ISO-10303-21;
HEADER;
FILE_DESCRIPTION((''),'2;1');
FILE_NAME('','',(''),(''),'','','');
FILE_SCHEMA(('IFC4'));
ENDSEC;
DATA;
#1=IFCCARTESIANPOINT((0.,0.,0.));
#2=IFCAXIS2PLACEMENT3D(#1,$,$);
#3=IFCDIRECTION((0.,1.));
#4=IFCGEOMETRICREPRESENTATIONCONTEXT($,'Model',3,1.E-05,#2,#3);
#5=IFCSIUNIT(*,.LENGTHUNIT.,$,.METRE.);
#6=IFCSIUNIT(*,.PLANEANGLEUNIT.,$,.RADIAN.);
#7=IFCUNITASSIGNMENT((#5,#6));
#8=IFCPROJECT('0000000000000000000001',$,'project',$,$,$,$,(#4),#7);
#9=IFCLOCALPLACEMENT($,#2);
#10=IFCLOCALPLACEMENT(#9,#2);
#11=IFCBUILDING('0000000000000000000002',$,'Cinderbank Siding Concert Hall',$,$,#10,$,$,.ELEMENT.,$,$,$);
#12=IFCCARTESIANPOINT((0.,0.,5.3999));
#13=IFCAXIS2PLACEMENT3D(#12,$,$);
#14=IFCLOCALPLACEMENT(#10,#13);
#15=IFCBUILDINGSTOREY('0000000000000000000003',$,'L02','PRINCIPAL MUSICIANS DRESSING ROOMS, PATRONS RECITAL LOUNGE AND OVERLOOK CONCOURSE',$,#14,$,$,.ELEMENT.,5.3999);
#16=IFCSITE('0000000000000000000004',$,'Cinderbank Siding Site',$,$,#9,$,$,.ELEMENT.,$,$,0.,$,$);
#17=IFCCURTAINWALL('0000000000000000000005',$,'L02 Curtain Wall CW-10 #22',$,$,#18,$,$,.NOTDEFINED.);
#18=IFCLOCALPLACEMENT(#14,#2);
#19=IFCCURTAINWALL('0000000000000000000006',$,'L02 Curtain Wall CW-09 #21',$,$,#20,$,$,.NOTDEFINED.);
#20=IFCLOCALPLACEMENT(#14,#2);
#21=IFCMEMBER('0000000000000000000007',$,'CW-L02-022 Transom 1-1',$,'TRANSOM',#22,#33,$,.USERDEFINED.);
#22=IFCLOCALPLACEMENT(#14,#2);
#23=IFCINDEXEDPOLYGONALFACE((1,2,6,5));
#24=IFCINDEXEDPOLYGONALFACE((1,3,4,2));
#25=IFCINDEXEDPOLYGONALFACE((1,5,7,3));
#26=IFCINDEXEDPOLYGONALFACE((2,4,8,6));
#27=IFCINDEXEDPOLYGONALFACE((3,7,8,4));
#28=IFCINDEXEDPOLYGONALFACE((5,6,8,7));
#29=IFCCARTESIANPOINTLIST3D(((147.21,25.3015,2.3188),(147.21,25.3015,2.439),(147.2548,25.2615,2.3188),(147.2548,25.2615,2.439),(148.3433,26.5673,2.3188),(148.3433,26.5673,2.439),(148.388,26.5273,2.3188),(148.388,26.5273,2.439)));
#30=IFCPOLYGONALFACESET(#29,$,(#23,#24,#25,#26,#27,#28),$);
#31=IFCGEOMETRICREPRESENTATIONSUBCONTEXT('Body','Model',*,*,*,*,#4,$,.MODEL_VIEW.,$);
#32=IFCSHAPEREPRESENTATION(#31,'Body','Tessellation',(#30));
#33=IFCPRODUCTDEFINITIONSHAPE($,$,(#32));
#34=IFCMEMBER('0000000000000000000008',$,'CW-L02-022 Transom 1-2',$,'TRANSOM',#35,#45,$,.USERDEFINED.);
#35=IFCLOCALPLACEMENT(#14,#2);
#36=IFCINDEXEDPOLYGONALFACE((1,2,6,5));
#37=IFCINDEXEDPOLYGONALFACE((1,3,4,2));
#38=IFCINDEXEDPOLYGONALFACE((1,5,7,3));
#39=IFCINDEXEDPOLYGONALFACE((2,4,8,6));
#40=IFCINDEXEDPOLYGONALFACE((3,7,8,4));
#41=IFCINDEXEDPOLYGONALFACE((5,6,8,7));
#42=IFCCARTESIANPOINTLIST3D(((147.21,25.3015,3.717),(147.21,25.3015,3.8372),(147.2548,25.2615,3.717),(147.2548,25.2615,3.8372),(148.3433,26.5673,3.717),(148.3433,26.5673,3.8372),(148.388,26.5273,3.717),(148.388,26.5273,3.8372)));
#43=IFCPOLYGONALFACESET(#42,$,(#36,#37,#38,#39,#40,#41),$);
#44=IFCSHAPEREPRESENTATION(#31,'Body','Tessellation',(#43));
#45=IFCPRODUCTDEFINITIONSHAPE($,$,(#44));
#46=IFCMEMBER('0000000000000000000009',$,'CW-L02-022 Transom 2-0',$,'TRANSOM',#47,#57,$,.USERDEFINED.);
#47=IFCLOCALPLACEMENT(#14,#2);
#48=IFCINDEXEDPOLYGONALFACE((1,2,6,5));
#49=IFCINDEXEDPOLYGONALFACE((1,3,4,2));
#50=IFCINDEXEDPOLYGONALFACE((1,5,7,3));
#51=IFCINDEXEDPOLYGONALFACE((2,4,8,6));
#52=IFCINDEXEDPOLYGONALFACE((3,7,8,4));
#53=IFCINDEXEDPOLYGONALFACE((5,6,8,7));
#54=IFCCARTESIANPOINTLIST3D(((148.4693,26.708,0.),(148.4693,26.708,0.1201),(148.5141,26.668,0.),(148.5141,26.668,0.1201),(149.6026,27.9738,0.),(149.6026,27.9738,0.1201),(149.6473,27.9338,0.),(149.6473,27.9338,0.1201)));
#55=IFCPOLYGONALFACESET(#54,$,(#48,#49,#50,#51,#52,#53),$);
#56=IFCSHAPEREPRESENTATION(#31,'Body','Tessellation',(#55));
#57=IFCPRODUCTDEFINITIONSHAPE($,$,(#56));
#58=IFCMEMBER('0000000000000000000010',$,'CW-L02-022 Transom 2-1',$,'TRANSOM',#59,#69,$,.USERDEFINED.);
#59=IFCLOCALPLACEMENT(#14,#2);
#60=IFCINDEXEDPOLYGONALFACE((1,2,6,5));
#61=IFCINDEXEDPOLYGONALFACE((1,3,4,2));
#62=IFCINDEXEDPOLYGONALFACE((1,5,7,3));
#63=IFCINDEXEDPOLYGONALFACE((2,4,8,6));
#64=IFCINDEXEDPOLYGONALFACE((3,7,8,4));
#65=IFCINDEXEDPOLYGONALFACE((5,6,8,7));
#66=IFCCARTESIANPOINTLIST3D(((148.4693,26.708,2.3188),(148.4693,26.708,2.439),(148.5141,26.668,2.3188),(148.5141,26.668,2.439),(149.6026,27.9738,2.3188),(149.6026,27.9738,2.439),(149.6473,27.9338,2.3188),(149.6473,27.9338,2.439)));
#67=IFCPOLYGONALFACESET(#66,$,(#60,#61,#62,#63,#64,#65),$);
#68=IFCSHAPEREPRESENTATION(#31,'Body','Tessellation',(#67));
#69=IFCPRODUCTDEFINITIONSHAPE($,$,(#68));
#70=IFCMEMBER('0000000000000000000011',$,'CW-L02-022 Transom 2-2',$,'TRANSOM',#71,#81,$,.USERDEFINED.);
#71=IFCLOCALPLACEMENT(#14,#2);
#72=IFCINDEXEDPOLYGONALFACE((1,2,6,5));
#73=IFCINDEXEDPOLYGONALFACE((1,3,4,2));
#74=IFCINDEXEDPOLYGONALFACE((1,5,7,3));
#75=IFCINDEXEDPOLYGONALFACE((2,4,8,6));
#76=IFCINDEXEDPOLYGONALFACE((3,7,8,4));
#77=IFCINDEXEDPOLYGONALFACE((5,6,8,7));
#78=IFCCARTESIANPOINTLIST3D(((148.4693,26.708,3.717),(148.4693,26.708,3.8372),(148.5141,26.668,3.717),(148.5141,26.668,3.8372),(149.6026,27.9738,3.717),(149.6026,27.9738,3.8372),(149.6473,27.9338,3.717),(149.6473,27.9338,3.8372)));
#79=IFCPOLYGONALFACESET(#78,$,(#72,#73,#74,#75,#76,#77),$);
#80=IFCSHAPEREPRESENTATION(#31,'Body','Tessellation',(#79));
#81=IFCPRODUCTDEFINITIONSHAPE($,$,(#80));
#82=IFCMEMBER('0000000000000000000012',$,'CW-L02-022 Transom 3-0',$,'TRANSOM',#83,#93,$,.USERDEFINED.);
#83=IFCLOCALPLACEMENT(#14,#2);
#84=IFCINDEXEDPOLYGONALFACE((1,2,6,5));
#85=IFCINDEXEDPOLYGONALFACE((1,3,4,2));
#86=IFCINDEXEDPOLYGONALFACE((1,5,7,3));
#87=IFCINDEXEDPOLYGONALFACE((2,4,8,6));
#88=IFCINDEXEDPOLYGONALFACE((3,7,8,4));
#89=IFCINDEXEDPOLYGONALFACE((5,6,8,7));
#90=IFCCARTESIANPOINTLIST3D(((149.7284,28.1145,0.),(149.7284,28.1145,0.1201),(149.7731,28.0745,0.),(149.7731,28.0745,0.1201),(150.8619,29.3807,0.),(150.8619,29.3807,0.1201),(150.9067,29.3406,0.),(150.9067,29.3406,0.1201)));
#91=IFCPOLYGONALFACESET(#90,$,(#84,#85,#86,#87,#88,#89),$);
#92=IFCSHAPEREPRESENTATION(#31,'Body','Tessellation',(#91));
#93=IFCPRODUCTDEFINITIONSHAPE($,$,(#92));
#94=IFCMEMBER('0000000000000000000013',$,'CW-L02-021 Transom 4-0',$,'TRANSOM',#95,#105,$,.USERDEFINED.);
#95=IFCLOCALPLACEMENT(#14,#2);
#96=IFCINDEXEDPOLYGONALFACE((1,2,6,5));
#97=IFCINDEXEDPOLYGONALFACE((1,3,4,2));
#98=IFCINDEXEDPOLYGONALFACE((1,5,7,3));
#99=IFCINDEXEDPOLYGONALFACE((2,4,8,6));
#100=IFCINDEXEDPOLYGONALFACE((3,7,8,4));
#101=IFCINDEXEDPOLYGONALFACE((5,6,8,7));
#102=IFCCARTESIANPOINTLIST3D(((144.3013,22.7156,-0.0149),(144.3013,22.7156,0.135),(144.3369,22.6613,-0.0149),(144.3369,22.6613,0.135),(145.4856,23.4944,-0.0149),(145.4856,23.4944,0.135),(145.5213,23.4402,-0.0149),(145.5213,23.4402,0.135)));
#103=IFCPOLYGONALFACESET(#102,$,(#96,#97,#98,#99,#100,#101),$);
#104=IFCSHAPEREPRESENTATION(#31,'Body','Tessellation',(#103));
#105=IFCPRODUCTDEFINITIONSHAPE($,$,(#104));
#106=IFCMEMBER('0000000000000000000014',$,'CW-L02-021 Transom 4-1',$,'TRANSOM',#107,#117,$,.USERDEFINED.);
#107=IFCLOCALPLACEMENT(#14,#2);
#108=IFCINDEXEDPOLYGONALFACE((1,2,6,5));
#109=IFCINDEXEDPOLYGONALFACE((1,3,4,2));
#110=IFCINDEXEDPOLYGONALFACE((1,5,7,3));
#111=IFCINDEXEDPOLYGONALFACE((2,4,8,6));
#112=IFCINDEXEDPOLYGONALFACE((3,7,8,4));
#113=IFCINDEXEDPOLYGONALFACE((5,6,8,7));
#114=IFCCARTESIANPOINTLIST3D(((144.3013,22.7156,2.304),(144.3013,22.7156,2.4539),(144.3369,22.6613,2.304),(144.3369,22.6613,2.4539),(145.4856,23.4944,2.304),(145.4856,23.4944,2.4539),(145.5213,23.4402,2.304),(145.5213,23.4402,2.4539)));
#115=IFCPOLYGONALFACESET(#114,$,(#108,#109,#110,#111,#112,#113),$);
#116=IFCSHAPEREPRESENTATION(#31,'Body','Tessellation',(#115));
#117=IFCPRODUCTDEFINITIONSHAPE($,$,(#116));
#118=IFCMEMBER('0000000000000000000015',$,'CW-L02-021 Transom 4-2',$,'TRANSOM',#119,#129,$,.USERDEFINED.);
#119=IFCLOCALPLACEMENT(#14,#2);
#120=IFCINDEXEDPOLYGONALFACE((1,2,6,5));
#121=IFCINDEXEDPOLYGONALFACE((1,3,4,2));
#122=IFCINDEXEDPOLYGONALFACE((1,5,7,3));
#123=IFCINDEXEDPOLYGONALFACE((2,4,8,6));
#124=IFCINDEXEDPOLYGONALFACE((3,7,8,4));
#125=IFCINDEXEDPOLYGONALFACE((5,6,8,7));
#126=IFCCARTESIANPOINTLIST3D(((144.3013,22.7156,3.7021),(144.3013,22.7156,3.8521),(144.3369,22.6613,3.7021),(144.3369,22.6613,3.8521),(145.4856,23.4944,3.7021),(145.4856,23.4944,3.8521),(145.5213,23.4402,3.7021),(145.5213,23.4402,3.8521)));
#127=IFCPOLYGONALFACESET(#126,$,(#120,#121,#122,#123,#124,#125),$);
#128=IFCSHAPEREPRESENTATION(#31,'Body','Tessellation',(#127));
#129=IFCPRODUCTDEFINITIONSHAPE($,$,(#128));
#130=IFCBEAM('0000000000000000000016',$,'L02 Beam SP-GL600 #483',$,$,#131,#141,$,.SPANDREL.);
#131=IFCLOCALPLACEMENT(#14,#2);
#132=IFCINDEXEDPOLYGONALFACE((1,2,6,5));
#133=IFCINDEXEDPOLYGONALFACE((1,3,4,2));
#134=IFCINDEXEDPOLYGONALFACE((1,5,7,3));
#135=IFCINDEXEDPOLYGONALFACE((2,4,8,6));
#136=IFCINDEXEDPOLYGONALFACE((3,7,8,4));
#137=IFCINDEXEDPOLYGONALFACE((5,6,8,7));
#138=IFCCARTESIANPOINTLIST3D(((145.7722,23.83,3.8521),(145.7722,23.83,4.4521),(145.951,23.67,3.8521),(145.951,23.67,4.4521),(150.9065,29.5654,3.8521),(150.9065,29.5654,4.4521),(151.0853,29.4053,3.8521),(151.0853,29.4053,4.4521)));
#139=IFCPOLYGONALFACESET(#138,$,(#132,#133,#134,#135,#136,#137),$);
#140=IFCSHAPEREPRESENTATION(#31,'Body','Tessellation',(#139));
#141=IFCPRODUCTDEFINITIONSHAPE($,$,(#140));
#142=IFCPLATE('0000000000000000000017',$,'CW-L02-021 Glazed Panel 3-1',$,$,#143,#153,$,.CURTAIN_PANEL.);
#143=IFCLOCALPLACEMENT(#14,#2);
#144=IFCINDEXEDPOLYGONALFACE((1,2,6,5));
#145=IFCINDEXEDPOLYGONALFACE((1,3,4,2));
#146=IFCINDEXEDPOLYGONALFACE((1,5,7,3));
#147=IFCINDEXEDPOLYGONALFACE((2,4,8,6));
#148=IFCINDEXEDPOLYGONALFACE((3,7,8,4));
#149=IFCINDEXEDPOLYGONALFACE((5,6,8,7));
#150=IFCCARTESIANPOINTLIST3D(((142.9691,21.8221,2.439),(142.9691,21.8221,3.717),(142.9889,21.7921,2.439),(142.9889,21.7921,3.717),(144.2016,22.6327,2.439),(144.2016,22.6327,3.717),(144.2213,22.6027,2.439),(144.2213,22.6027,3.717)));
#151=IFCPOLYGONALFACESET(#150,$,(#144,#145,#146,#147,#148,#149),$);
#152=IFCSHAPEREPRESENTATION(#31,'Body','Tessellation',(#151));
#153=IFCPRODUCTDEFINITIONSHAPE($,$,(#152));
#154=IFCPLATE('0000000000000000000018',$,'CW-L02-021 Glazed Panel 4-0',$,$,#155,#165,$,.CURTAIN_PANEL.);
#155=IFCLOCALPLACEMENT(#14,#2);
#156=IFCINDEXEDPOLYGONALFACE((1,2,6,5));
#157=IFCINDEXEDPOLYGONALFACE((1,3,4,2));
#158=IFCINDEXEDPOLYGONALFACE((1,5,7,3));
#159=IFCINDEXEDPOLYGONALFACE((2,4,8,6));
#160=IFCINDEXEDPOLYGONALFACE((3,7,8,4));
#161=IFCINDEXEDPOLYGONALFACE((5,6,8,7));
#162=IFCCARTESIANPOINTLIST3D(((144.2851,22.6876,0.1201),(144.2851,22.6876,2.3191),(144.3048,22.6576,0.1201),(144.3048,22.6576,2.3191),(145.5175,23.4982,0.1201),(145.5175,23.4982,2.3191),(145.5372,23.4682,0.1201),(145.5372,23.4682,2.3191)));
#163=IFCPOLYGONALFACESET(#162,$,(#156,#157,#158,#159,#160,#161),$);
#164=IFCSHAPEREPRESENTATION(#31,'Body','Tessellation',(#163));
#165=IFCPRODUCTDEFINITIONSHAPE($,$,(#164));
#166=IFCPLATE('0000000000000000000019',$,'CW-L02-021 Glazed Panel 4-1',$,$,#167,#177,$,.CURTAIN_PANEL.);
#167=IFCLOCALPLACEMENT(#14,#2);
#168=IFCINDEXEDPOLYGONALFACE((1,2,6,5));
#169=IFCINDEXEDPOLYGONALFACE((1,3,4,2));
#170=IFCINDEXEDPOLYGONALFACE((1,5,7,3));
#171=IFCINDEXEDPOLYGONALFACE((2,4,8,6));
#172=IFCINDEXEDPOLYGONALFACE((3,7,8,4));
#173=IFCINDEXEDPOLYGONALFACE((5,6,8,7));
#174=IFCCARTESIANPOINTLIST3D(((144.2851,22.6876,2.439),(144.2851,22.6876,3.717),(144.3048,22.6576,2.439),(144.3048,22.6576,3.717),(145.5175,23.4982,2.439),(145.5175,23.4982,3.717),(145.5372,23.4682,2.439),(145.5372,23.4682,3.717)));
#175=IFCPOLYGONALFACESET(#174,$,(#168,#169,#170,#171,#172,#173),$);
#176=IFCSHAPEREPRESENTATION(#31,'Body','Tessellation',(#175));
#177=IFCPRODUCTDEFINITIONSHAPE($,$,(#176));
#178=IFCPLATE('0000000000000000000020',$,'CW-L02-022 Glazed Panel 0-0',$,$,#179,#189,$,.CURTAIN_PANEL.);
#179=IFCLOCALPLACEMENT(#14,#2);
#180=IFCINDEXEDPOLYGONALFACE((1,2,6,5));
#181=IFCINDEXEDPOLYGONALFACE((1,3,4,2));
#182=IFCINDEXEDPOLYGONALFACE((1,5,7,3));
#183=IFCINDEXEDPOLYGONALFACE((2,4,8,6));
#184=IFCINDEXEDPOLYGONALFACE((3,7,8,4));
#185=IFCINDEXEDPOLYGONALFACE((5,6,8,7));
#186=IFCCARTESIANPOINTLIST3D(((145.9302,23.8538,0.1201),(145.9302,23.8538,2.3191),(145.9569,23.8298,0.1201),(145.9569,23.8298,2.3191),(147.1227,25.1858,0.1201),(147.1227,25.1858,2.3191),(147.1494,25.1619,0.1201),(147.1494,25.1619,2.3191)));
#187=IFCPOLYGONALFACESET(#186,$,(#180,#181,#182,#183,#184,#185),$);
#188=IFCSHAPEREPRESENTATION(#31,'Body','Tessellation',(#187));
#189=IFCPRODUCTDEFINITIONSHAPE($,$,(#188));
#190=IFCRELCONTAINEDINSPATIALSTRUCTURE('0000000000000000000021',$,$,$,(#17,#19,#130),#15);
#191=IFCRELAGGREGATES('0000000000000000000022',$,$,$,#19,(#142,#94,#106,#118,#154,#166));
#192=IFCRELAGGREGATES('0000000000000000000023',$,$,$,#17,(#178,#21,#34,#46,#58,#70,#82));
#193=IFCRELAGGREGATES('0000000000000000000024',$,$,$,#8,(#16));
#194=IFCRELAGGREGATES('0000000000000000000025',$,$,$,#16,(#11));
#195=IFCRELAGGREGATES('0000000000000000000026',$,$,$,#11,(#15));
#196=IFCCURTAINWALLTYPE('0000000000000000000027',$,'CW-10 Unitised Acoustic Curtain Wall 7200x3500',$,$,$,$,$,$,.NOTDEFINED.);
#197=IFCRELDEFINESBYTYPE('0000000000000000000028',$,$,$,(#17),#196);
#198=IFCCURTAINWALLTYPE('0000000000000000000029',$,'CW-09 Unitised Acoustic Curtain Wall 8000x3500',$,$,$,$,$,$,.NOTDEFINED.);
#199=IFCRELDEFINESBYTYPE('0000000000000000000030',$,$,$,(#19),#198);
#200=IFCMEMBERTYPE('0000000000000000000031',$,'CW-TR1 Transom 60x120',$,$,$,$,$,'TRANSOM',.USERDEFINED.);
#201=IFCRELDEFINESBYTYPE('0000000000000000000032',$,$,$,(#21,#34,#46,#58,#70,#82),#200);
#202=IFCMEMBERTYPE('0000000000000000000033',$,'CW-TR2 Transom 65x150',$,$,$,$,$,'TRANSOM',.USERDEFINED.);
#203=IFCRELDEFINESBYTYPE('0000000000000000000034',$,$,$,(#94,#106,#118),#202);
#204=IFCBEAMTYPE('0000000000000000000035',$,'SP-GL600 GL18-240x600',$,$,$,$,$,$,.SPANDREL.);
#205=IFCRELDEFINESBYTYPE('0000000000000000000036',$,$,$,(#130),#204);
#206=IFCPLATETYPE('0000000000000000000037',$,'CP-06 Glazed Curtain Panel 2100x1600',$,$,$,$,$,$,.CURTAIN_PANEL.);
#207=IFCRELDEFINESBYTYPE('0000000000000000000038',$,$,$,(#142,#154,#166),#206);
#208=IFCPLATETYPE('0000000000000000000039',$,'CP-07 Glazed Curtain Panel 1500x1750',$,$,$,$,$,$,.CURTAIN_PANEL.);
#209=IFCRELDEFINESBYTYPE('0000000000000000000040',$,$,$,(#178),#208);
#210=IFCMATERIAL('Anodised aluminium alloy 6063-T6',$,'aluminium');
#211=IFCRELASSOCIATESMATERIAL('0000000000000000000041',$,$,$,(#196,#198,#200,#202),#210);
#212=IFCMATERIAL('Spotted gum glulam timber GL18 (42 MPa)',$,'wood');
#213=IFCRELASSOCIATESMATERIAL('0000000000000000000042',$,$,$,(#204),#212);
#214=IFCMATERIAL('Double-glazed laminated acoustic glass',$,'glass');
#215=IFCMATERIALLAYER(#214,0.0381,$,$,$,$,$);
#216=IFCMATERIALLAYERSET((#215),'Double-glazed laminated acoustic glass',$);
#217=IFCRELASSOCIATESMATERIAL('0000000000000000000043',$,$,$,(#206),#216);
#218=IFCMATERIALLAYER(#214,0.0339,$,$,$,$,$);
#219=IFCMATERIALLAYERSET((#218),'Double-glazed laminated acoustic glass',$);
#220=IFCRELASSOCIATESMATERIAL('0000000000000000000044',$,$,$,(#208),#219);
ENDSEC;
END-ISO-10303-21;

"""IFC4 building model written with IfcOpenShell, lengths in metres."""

from ifc_helpers import new_model, si_unit, direction, frame, origin, origin_2d, place, context, subcontext, project, spatial, rectangle, extrude, material, layer, layer_set, material_profile, profile_set, type_object, element, aggregate, save


model = new_model("IFC4")

# Units and contexts
model_context = context("Model", 3, precision=1e-05, world=origin(), true_north=direction((0.0, 1.0)))
body_context = subcontext(model_context, "Body", "Model", "MODEL_VIEW")
ifc_project = project(units=[si_unit("LENGTHUNIT", "METRE"), si_unit("PLANEANGLEUNIT", "RADIAN")], contexts=[model_context])

# Site, building, storey
site_placement = place(None, origin())
site = spatial("IfcSite", under=ifc_project, at=site_placement, Name="Cinderbank Siding Site", CompositionType="ELEMENT", RefElevation=0.0)
building_placement = place(site_placement, origin())
building = spatial("IfcBuilding", under=site, at=building_placement, Name="Cinderbank Siding Concert Hall", CompositionType="ELEMENT")
storey_placement = place(building_placement, frame((0.0, 0.0, 5.3999)))
storey = spatial("IfcBuildingStorey", under=building, at=storey_placement, Name="L02", Description="PRINCIPAL MUSICIANS DRESSING ROOMS, PATRONS RECITAL LOUNGE AND OVERLOOK CONCOURSE", CompositionType="ELEMENT", Elevation=5.3999)

# Curtain walls
ifc_material_1 = material(Name="Anodised aluminium alloy 6063-T6", Category="aluminium")
curtain_wall_type_1 = type_object("IfcCurtainWallType", Name="CW-10 Unitised Acoustic Curtain Wall 7200x3500", PredefinedType="NOTDEFINED", material=ifc_material_1)
curtain_wall_1_placement = place(storey_placement, origin())
curtain_wall_1 = element("IfcCurtainWall", 1, at=curtain_wall_1_placement, inside=storey, type_object=curtain_wall_type_1, Name="L02 Curtain Wall CW-10 #22", PredefinedType="NOTDEFINED")
curtain_wall_type_2 = type_object("IfcCurtainWallType", Name="CW-09 Unitised Acoustic Curtain Wall 8000x3500", PredefinedType="NOTDEFINED", material=ifc_material_1)
curtain_wall_2_placement = place(storey_placement, origin())
curtain_wall_2 = element("IfcCurtainWall", 2, at=curtain_wall_2_placement, inside=storey, type_object=curtain_wall_type_2, Name="L02 Curtain Wall CW-09 #21", PredefinedType="NOTDEFINED")

# Members
ifc_material_profile_1 = material_profile(ifc_material_1, rectangle(XDim=0.0601, YDim=0.1201, at=origin_2d()), Name="ALU-TRAN-60x120", Category="LoadBearing")
ifc_profile_set_1 = profile_set([ifc_material_profile_1], Name="Anodised aluminium alloy 6063-T6")
member_type_1 = type_object("IfcMemberType", Name="CW-TR1 Transom 60x120", ElementType="TRANSOM", PredefinedType="USERDEFINED", material=ifc_profile_set_1)
member_1_placement = place(storey_placement, frame((147.2324, 25.2815, 2.3789), z_axis=(0.667017, 0.745042, 0.0), x_axis=(-0.745042, 0.667017, 0.0)))
member_1 = element("IfcMember", 3, at=member_1_placement, type_object=member_type_1, Name="CW-L02-022 Transom 1-1", ObjectType="TRANSOM", PredefinedType="USERDEFINED", context=body_context, shape_type="SweptSolid", body=[
    extrude(rectangle(XDim=0.0601, YDim=0.1201, at=origin_2d()), origin(), (0.0, 0.0, 1.0), 1.699),
])
member_2_placement = place(storey_placement, frame((147.2324, 25.2815, 3.7771), z_axis=(0.667017, 0.745042, 0.0), x_axis=(-0.745042, 0.667017, 0.0)))
member_2 = element("IfcMember", 4, at=member_2_placement, type_object=member_type_1, Name="CW-L02-022 Transom 1-2", ObjectType="TRANSOM", PredefinedType="USERDEFINED", context=body_context, shape_type="SweptSolid", body=[
    extrude(rectangle(XDim=0.0601, YDim=0.1201, at=origin_2d()), origin(), (0.0, 0.0, 1.0), 1.699),
])
member_3_placement = place(storey_placement, frame((148.4917, 26.688, 0.0601), z_axis=(0.667017, 0.745042, 0.0), x_axis=(-0.745042, 0.667017, 0.0)))
member_3 = element("IfcMember", 5, at=member_3_placement, type_object=member_type_1, Name="CW-L02-022 Transom 2-0", ObjectType="TRANSOM", PredefinedType="USERDEFINED", context=body_context, shape_type="SweptSolid", body=[
    extrude(rectangle(XDim=0.0601, YDim=0.1201, at=origin_2d()), origin(), (0.0, 0.0, 1.0), 1.699),
])
member_4_placement = place(storey_placement, frame((148.4917, 26.688, 2.3789), z_axis=(0.667017, 0.745042, 0.0), x_axis=(-0.745042, 0.667017, 0.0)))
member_4 = element("IfcMember", 6, at=member_4_placement, type_object=member_type_1, Name="CW-L02-022 Transom 2-1", ObjectType="TRANSOM", PredefinedType="USERDEFINED", context=body_context, shape_type="SweptSolid", body=[
    extrude(rectangle(XDim=0.0601, YDim=0.1201, at=origin_2d()), origin(), (0.0, 0.0, 1.0), 1.699),
])
member_5_placement = place(storey_placement, frame((148.4917, 26.688, 3.7771), z_axis=(0.667017, 0.745042, 0.0), x_axis=(-0.745042, 0.667017, 0.0)))
member_5 = element("IfcMember", 7, at=member_5_placement, type_object=member_type_1, Name="CW-L02-022 Transom 2-2", ObjectType="TRANSOM", PredefinedType="USERDEFINED", context=body_context, shape_type="SweptSolid", body=[
    extrude(rectangle(XDim=0.0601, YDim=0.1201, at=origin_2d()), origin(), (0.0, 0.0, 1.0), 1.699),
])
member_6_placement = place(storey_placement, frame((149.7507, 28.0945, 0.0601), z_axis=(0.667026, 0.745035, 0.0), x_axis=(-0.745035, 0.667026, 0.0)))
member_6 = element("IfcMember", 8, at=member_6_placement, type_object=member_type_1, Name="CW-L02-022 Transom 3-0", ObjectType="TRANSOM", PredefinedType="USERDEFINED", context=body_context, shape_type="SweptSolid", body=[
    extrude(rectangle(XDim=0.0601, YDim=0.1201, at=origin_2d()), origin(), (0.0, 0.0, 1.0), 1.6995),
])
ifc_material_profile_2 = material_profile(ifc_material_1, rectangle(XDim=0.0649, YDim=0.1499, at=origin_2d()), Name="ALU-TRAN-65x150", Category="LoadBearing")
ifc_profile_set_2 = profile_set([ifc_material_profile_2], Name="Anodised aluminium alloy 6063-T6")
member_type_2 = type_object("IfcMemberType", Name="CW-TR2 Transom 65x150", ElementType="TRANSOM", PredefinedType="USERDEFINED", material=ifc_profile_set_2)
member_7_placement = place(storey_placement, frame((144.3191, 22.6885, 0.0601), z_axis=(0.835532, 0.549443, 0.0), x_axis=(-0.549443, 0.835532, 0.0)))
member_7 = element("IfcMember", 9, at=member_7_placement, type_object=member_type_2, Name="CW-L02-021 Transom 4-0", ObjectType="TRANSOM", PredefinedType="USERDEFINED", context=body_context, shape_type="SweptSolid", body=[
    extrude(rectangle(XDim=0.0649, YDim=0.1499, at=origin_2d()), origin(), (0.0, 0.0, 1.0), 1.4175),
])
member_8_placement = place(storey_placement, frame((144.3191, 22.6885, 2.3789), z_axis=(0.835532, 0.549443, 0.0), x_axis=(-0.549443, 0.835532, 0.0)))
member_8 = element("IfcMember", 10, at=member_8_placement, type_object=member_type_2, Name="CW-L02-021 Transom 4-1", ObjectType="TRANSOM", PredefinedType="USERDEFINED", context=body_context, shape_type="SweptSolid", body=[
    extrude(rectangle(XDim=0.0649, YDim=0.1499, at=origin_2d()), origin(), (0.0, 0.0, 1.0), 1.4175),
])
member_9_placement = place(storey_placement, frame((144.3191, 22.6885, 3.7771), z_axis=(0.835532, 0.549443, 0.0), x_axis=(-0.549443, 0.835532, 0.0)))
member_9 = element("IfcMember", 11, at=member_9_placement, type_object=member_type_2, Name="CW-L02-021 Transom 4-2", ObjectType="TRANSOM", PredefinedType="USERDEFINED", context=body_context, shape_type="SweptSolid", body=[
    extrude(rectangle(XDim=0.0649, YDim=0.1499, at=origin_2d()), origin(), (0.0, 0.0, 1.0), 1.4175),
])

# Beam
ifc_material_2 = material(Name="Spotted gum glulam timber GL18 (42 MPa)", Category="wood")
ifc_material_profile_3 = material_profile(ifc_material_2, rectangle(XDim=0.24, YDim=0.6001, at=origin_2d()), Name="GL18-240x600", Category="LoadBearing")
ifc_profile_set_3 = profile_set([ifc_material_profile_3], Name="Spotted gum glulam timber GL18 (42 MPa)")
beam_type = type_object("IfcBeamType", Name="SP-GL600 GL18-240x600", PredefinedType="SPANDREL", material=ifc_profile_set_3)
beam_placement = place(storey_placement, frame((145.8616, 23.75, 4.1521), z_axis=(0.666986, 0.74507, 0.0), x_axis=(-0.74507, 0.666986, 0.0)))
element("IfcBeam", 12, at=beam_placement, inside=storey, type_object=beam_type, Name="L02 Beam SP-GL600 #483", PredefinedType="SPANDREL", context=body_context, shape_type="SweptSolid", body=[
    extrude(rectangle(XDim=0.24, YDim=0.6001, at=origin_2d()), origin(), (0.0, 0.0, 1.0), 7.6978),
])

# Plates
ifc_material_3 = material(Name="Double-glazed laminated acoustic glass", Category="glass")
ifc_layer_1 = layer(ifc_material_3, 0.0381)
ifc_layer_set_1 = layer_set([ifc_layer_1], Name="Double-glazed laminated acoustic glass")
plate_type_1 = type_object("IfcPlateType", Name="CP-06 Glazed Curtain Panel 2100x1600", PredefinedType="CURTAIN_PANEL", material=ifc_layer_set_1)
plate_1_placement = place(storey_placement, frame((143.5952, 22.2124, 2.439), z_axis=(0.0, 0.0, 1.0), x_axis=(0.835492, 0.549503, 0.0)))
plate_1 = element("IfcPlate", 13, at=plate_1_placement, type_object=plate_type_1, Name="CW-L02-021 Glazed Panel 3-1", PredefinedType="CURTAIN_PANEL", context=body_context, shape_type="SweptSolid", body=[
    extrude(rectangle(XDim=1.4751, YDim=0.0359, at=origin_2d()), origin(), (0.0, 0.0, 1.0), 1.2781),
])
plate_2_placement = place(storey_placement, frame((144.9111, 23.0779, 0.1201), z_axis=(0.0, 0.0, 1.0), x_axis=(0.835492, 0.549503, 0.0)))
plate_2 = element("IfcPlate", 14, at=plate_2_placement, type_object=plate_type_1, Name="CW-L02-021 Glazed Panel 4-0", PredefinedType="CURTAIN_PANEL", context=body_context, shape_type="SweptSolid", body=[
    extrude(rectangle(XDim=1.4751, YDim=0.0359, at=origin_2d()), origin(), (0.0, 0.0, 1.0), 2.199),
])
plate_3_placement = place(storey_placement, frame((144.9111, 23.0779, 2.439), z_axis=(0.0, 0.0, 1.0), x_axis=(0.835492, 0.549503, 0.0)))
plate_3 = element("IfcPlate", 15, at=plate_3_placement, type_object=plate_type_1, Name="CW-L02-021 Glazed Panel 4-1", PredefinedType="CURTAIN_PANEL", context=body_context, shape_type="SweptSolid", body=[
    extrude(rectangle(XDim=1.4751, YDim=0.0359, at=origin_2d()), origin(), (0.0, 0.0, 1.0), 1.2781),
])
aggregate(curtain_wall_2, [plate_1, member_7, member_8, member_9, plate_2, plate_3])
ifc_layer_2 = layer(ifc_material_3, 0.0339)
ifc_layer_set_2 = layer_set([ifc_layer_2], Name="Double-glazed laminated acoustic glass")
plate_type_2 = type_object("IfcPlateType", Name="CP-07 Glazed Curtain Panel 1500x1750", PredefinedType="CURTAIN_PANEL", material=ifc_layer_set_2)
plate_4_placement = place(storey_placement, frame((146.5398, 24.5078, 0.1201), z_axis=(0.0, 0.0, 1.0), x_axis=(0.666993, 0.745064, 0.0)))
plate_4 = element("IfcPlate", 16, at=plate_4_placement, type_object=plate_type_2, Name="CW-L02-022 Glazed Panel 0-0", PredefinedType="CURTAIN_PANEL", context=body_context, shape_type="SweptSolid", body=[
    extrude(rectangle(XDim=1.7878, YDim=0.0359, at=origin_2d()), origin(), (0.0, 0.0, 1.0), 2.199),
])
aggregate(curtain_wall_1, [plate_4, member_1, member_2, member_3, member_4, member_5, member_6])

save(model, "model.ifc")
